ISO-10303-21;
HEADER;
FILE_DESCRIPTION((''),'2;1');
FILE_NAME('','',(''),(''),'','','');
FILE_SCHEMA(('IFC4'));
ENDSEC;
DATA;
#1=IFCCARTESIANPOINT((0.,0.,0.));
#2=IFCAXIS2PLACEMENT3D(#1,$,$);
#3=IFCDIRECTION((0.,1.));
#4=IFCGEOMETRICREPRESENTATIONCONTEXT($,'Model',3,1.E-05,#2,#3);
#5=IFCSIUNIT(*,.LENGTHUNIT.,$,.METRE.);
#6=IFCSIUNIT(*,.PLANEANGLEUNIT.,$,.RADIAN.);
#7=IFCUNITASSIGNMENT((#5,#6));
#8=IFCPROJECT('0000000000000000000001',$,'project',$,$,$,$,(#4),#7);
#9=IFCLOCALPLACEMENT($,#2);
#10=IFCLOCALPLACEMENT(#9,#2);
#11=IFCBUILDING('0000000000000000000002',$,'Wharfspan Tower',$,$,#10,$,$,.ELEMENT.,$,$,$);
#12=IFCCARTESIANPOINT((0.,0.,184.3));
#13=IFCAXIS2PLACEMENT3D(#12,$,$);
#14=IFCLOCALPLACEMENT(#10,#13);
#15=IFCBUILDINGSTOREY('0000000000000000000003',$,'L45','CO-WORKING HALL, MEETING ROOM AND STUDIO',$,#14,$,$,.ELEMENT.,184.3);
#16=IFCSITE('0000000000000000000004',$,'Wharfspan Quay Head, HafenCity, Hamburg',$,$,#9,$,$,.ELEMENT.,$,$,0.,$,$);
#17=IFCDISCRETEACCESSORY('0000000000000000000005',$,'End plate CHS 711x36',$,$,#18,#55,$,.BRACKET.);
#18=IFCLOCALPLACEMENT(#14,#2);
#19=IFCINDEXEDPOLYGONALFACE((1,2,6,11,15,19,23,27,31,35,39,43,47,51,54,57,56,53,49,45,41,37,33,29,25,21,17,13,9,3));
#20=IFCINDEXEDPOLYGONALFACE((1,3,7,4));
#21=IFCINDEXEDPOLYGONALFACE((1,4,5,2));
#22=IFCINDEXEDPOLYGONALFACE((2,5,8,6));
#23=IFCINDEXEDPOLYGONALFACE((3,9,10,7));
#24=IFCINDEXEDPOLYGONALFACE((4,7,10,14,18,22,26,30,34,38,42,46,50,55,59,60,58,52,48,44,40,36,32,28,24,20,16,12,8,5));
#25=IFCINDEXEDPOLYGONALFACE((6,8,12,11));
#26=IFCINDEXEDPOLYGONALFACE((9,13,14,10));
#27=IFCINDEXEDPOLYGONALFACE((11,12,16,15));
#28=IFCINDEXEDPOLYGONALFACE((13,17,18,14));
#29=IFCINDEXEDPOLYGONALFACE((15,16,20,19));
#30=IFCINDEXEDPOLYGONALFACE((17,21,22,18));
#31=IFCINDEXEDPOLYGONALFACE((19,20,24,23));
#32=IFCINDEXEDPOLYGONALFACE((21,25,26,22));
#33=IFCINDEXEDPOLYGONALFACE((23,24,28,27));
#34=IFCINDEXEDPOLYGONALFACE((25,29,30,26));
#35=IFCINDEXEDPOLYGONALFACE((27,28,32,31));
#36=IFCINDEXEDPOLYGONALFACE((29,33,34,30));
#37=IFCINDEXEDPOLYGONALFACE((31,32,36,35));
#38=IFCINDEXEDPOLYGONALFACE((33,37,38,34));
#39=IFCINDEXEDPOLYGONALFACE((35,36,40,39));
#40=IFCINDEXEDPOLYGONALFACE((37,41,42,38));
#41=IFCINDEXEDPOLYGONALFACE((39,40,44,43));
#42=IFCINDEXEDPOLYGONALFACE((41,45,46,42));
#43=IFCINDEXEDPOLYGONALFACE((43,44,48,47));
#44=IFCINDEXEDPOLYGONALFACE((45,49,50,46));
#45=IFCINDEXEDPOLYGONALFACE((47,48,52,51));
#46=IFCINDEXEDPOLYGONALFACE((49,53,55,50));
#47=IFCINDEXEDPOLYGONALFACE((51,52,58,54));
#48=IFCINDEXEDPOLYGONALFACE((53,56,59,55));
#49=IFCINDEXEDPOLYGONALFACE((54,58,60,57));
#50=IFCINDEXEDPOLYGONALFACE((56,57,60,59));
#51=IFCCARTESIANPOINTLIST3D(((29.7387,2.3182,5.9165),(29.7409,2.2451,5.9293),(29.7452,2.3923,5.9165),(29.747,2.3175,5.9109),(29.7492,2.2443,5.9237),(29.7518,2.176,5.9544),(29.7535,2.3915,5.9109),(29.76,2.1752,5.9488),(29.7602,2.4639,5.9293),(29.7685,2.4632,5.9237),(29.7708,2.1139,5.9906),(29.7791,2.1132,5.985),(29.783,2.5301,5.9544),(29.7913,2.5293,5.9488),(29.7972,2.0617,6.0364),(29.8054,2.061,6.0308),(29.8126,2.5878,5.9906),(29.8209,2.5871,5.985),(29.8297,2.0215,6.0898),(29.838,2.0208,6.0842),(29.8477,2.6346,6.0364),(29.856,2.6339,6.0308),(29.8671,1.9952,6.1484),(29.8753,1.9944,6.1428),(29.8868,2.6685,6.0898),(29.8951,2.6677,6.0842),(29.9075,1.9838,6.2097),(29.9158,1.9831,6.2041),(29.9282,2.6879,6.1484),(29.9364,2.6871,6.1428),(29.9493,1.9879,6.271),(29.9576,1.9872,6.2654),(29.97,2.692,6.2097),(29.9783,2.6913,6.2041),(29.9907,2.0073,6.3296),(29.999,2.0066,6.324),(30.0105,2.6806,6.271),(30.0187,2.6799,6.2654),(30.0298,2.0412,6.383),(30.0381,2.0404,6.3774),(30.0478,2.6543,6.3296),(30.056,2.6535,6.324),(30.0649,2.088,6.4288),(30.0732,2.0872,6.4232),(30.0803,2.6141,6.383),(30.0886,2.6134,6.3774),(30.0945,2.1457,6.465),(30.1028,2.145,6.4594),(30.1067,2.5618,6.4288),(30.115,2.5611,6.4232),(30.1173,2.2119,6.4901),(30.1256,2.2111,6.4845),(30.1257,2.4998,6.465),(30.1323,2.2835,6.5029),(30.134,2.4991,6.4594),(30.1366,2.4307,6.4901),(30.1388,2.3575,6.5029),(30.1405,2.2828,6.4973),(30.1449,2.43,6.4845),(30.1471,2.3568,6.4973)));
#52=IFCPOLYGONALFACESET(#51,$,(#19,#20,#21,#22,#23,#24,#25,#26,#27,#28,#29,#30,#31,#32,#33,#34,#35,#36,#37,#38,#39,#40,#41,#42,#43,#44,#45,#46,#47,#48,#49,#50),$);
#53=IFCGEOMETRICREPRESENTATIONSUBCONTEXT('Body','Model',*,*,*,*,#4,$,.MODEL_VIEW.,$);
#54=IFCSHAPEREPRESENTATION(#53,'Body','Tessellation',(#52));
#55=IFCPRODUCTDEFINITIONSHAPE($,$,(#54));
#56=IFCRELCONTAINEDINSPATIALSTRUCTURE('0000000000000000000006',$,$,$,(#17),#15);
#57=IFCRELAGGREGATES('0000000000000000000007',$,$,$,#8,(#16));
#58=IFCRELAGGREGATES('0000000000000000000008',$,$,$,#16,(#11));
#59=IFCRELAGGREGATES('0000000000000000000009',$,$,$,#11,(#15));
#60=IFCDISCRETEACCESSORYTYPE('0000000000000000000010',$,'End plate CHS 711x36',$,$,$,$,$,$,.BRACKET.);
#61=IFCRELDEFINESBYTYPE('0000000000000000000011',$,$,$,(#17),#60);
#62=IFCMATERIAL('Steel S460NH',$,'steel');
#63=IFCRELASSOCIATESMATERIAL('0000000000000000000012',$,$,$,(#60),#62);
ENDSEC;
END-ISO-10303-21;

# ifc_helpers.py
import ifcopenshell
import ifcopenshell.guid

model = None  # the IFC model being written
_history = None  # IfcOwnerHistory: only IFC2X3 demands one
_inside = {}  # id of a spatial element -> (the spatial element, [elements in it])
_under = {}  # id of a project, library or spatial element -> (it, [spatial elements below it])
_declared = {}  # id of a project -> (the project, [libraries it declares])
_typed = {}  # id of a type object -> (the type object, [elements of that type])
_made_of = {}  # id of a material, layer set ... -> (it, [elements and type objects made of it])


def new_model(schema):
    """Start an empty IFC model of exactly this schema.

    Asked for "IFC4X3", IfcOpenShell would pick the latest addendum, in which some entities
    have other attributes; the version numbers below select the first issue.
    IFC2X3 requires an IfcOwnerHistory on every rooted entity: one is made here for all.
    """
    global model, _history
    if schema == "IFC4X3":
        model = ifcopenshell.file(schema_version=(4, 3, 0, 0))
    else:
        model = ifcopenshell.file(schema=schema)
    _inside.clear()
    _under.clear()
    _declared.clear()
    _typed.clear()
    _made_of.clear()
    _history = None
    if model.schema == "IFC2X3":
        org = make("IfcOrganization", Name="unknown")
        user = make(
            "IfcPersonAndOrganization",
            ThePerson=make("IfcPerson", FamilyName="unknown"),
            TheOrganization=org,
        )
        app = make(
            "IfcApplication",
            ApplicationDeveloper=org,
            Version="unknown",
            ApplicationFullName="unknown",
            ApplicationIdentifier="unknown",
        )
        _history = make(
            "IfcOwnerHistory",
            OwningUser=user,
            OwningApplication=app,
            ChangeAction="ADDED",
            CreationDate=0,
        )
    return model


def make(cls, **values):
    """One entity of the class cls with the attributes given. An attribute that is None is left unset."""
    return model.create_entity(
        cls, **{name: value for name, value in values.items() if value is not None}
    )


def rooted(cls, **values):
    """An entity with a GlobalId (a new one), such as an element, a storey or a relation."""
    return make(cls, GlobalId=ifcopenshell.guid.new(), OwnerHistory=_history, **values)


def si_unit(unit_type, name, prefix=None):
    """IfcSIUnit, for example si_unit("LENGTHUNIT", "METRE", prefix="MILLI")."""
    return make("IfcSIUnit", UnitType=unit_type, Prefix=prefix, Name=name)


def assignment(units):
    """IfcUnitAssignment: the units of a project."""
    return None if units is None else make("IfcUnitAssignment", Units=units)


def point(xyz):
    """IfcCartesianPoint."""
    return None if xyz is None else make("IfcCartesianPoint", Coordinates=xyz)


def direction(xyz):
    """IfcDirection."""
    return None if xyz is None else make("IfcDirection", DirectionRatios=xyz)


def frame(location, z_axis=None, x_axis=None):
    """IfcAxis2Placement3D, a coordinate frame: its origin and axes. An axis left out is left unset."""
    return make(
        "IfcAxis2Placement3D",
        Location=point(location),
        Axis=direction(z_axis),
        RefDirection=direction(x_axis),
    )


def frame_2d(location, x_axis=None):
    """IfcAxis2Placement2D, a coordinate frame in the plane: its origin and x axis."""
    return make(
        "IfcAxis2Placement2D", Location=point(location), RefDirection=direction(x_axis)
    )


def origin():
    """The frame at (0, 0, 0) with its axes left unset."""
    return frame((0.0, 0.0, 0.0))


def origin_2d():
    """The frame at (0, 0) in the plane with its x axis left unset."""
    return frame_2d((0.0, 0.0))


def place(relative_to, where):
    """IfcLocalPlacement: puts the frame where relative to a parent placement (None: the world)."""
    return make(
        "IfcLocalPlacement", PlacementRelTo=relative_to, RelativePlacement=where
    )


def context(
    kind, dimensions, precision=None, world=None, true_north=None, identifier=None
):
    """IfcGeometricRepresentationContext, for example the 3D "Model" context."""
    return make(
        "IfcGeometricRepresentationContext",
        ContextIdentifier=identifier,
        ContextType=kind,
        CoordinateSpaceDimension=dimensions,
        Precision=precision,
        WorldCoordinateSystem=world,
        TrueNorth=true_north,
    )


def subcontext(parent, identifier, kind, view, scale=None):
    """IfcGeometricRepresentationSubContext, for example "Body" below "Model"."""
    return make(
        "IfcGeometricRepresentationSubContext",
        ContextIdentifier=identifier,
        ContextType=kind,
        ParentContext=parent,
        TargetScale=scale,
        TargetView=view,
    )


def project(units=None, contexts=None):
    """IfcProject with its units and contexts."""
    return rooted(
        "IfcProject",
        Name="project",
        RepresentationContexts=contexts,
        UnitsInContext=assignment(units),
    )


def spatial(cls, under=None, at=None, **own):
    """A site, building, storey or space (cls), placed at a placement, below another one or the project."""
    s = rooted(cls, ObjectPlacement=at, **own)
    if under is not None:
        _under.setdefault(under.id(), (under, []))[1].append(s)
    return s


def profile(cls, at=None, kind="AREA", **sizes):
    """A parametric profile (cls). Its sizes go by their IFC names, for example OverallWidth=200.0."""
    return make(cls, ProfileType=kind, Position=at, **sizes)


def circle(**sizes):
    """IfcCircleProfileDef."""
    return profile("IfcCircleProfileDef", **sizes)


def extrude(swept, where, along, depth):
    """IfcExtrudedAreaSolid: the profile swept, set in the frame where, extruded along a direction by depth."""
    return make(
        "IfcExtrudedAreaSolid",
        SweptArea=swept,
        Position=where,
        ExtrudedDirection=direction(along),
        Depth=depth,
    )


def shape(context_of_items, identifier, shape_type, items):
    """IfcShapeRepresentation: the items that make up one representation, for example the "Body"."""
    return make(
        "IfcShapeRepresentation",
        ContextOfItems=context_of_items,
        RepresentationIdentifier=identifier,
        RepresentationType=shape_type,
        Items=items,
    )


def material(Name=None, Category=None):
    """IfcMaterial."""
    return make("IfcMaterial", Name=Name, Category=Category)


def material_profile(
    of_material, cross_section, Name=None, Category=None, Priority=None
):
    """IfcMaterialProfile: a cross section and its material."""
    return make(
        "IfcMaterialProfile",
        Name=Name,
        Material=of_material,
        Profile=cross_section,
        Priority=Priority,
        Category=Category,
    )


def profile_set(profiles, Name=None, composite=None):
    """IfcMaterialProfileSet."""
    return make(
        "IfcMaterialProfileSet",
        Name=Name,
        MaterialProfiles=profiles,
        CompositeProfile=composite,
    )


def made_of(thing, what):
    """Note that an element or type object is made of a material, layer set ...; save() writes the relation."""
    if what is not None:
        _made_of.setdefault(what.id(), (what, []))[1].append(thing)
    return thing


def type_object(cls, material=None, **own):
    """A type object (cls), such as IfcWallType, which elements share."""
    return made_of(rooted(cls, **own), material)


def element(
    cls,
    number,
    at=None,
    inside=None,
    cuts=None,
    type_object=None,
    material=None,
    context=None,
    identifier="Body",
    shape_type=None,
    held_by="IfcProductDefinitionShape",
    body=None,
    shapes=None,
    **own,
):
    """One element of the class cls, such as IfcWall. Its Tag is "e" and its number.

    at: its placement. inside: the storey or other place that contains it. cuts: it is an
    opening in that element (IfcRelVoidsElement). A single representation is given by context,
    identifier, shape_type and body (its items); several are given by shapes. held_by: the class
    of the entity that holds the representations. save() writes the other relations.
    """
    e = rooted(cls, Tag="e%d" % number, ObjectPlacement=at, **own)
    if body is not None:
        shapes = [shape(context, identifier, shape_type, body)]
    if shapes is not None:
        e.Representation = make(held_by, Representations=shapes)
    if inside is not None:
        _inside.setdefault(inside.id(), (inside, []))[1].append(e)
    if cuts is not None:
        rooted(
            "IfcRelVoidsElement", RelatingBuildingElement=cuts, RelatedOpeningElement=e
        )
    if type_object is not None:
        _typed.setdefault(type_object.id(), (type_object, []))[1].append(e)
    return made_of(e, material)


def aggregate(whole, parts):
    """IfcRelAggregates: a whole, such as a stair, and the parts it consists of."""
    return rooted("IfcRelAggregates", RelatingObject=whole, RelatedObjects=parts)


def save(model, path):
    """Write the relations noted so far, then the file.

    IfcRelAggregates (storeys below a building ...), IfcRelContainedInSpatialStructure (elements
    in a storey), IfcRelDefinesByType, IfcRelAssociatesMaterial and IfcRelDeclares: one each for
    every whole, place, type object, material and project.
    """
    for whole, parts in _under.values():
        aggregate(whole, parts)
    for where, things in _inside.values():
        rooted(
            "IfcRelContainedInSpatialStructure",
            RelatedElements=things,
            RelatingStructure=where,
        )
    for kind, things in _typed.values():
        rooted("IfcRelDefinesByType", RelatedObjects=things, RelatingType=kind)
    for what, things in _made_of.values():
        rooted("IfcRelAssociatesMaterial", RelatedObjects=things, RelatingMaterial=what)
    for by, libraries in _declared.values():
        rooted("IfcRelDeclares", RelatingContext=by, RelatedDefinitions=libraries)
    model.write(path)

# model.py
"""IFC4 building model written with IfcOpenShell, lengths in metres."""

from ifc_helpers import new_model, si_unit, direction, frame, origin, origin_2d, place, context, subcontext, project, spatial, circle, extrude, material, material_profile, profile_set, type_object, element, save


model = new_model("IFC4")

# Units and contexts
model_context = context("Model", 3, precision=1e-05, world=origin(), true_north=direction((0.0, 1.0)))
body_context = subcontext(model_context, "Body", "Model", "MODEL_VIEW")
ifc_project = project(units=[si_unit("LENGTHUNIT", "METRE"), si_unit("PLANEANGLEUNIT", "RADIAN")], contexts=[model_context])

# Site, building, storey
site_placement = place(None, origin())
site = spatial("IfcSite", under=ifc_project, at=site_placement, Name="Wharfspan Quay Head, HafenCity, Hamburg", CompositionType="ELEMENT", RefElevation=0.0)
building_placement = place(site_placement, origin())
building = spatial("IfcBuilding", under=site, at=building_placement, Name="Wharfspan Tower", CompositionType="ELEMENT")
storey_placement = place(building_placement, frame((0.0, 0.0, 184.3)))
storey = spatial("IfcBuildingStorey", under=building, at=storey_placement, Name="L45", Description="CO-WORKING HALL, MEETING ROOM AND STUDIO", CompositionType="ELEMENT", Elevation=184.3)

# Shared definitions
ifc_material_1 = material(Name="Steel S460NH", Category="steel")

# Discrete accessory
ifc_material_profile_1 = material_profile(ifc_material_1, circle(Radius=0.3555, at=origin_2d()))
ifc_profile_set_1 = profile_set([ifc_material_profile_1], Name="Steel S460NH")
discrete_accessory_type = type_object("IfcDiscreteAccessoryType", Name="End plate CHS 711x36", PredefinedType="BRACKET", material=ifc_profile_set_1)
discrete_accessory_1_placement = place(storey_placement, frame((29.947, 2.3372, 6.2041), z_axis=(-0.82608, 0.072889, 0.558819), x_axis=(-0.087894, -0.99613, -0.000001)))
element("IfcDiscreteAccessory", 1, at=discrete_accessory_1_placement, inside=storey, type_object=discrete_accessory_type, Name="End plate CHS 711x36", PredefinedType="BRACKET", context=body_context, shape_type="SweptSolid", body=[
    extrude(circle(Radius=0.3555, at=origin_2d()), origin(), (0.0, 0.0, 1.0), 0.01),
])

save(model, "model.ifc")
